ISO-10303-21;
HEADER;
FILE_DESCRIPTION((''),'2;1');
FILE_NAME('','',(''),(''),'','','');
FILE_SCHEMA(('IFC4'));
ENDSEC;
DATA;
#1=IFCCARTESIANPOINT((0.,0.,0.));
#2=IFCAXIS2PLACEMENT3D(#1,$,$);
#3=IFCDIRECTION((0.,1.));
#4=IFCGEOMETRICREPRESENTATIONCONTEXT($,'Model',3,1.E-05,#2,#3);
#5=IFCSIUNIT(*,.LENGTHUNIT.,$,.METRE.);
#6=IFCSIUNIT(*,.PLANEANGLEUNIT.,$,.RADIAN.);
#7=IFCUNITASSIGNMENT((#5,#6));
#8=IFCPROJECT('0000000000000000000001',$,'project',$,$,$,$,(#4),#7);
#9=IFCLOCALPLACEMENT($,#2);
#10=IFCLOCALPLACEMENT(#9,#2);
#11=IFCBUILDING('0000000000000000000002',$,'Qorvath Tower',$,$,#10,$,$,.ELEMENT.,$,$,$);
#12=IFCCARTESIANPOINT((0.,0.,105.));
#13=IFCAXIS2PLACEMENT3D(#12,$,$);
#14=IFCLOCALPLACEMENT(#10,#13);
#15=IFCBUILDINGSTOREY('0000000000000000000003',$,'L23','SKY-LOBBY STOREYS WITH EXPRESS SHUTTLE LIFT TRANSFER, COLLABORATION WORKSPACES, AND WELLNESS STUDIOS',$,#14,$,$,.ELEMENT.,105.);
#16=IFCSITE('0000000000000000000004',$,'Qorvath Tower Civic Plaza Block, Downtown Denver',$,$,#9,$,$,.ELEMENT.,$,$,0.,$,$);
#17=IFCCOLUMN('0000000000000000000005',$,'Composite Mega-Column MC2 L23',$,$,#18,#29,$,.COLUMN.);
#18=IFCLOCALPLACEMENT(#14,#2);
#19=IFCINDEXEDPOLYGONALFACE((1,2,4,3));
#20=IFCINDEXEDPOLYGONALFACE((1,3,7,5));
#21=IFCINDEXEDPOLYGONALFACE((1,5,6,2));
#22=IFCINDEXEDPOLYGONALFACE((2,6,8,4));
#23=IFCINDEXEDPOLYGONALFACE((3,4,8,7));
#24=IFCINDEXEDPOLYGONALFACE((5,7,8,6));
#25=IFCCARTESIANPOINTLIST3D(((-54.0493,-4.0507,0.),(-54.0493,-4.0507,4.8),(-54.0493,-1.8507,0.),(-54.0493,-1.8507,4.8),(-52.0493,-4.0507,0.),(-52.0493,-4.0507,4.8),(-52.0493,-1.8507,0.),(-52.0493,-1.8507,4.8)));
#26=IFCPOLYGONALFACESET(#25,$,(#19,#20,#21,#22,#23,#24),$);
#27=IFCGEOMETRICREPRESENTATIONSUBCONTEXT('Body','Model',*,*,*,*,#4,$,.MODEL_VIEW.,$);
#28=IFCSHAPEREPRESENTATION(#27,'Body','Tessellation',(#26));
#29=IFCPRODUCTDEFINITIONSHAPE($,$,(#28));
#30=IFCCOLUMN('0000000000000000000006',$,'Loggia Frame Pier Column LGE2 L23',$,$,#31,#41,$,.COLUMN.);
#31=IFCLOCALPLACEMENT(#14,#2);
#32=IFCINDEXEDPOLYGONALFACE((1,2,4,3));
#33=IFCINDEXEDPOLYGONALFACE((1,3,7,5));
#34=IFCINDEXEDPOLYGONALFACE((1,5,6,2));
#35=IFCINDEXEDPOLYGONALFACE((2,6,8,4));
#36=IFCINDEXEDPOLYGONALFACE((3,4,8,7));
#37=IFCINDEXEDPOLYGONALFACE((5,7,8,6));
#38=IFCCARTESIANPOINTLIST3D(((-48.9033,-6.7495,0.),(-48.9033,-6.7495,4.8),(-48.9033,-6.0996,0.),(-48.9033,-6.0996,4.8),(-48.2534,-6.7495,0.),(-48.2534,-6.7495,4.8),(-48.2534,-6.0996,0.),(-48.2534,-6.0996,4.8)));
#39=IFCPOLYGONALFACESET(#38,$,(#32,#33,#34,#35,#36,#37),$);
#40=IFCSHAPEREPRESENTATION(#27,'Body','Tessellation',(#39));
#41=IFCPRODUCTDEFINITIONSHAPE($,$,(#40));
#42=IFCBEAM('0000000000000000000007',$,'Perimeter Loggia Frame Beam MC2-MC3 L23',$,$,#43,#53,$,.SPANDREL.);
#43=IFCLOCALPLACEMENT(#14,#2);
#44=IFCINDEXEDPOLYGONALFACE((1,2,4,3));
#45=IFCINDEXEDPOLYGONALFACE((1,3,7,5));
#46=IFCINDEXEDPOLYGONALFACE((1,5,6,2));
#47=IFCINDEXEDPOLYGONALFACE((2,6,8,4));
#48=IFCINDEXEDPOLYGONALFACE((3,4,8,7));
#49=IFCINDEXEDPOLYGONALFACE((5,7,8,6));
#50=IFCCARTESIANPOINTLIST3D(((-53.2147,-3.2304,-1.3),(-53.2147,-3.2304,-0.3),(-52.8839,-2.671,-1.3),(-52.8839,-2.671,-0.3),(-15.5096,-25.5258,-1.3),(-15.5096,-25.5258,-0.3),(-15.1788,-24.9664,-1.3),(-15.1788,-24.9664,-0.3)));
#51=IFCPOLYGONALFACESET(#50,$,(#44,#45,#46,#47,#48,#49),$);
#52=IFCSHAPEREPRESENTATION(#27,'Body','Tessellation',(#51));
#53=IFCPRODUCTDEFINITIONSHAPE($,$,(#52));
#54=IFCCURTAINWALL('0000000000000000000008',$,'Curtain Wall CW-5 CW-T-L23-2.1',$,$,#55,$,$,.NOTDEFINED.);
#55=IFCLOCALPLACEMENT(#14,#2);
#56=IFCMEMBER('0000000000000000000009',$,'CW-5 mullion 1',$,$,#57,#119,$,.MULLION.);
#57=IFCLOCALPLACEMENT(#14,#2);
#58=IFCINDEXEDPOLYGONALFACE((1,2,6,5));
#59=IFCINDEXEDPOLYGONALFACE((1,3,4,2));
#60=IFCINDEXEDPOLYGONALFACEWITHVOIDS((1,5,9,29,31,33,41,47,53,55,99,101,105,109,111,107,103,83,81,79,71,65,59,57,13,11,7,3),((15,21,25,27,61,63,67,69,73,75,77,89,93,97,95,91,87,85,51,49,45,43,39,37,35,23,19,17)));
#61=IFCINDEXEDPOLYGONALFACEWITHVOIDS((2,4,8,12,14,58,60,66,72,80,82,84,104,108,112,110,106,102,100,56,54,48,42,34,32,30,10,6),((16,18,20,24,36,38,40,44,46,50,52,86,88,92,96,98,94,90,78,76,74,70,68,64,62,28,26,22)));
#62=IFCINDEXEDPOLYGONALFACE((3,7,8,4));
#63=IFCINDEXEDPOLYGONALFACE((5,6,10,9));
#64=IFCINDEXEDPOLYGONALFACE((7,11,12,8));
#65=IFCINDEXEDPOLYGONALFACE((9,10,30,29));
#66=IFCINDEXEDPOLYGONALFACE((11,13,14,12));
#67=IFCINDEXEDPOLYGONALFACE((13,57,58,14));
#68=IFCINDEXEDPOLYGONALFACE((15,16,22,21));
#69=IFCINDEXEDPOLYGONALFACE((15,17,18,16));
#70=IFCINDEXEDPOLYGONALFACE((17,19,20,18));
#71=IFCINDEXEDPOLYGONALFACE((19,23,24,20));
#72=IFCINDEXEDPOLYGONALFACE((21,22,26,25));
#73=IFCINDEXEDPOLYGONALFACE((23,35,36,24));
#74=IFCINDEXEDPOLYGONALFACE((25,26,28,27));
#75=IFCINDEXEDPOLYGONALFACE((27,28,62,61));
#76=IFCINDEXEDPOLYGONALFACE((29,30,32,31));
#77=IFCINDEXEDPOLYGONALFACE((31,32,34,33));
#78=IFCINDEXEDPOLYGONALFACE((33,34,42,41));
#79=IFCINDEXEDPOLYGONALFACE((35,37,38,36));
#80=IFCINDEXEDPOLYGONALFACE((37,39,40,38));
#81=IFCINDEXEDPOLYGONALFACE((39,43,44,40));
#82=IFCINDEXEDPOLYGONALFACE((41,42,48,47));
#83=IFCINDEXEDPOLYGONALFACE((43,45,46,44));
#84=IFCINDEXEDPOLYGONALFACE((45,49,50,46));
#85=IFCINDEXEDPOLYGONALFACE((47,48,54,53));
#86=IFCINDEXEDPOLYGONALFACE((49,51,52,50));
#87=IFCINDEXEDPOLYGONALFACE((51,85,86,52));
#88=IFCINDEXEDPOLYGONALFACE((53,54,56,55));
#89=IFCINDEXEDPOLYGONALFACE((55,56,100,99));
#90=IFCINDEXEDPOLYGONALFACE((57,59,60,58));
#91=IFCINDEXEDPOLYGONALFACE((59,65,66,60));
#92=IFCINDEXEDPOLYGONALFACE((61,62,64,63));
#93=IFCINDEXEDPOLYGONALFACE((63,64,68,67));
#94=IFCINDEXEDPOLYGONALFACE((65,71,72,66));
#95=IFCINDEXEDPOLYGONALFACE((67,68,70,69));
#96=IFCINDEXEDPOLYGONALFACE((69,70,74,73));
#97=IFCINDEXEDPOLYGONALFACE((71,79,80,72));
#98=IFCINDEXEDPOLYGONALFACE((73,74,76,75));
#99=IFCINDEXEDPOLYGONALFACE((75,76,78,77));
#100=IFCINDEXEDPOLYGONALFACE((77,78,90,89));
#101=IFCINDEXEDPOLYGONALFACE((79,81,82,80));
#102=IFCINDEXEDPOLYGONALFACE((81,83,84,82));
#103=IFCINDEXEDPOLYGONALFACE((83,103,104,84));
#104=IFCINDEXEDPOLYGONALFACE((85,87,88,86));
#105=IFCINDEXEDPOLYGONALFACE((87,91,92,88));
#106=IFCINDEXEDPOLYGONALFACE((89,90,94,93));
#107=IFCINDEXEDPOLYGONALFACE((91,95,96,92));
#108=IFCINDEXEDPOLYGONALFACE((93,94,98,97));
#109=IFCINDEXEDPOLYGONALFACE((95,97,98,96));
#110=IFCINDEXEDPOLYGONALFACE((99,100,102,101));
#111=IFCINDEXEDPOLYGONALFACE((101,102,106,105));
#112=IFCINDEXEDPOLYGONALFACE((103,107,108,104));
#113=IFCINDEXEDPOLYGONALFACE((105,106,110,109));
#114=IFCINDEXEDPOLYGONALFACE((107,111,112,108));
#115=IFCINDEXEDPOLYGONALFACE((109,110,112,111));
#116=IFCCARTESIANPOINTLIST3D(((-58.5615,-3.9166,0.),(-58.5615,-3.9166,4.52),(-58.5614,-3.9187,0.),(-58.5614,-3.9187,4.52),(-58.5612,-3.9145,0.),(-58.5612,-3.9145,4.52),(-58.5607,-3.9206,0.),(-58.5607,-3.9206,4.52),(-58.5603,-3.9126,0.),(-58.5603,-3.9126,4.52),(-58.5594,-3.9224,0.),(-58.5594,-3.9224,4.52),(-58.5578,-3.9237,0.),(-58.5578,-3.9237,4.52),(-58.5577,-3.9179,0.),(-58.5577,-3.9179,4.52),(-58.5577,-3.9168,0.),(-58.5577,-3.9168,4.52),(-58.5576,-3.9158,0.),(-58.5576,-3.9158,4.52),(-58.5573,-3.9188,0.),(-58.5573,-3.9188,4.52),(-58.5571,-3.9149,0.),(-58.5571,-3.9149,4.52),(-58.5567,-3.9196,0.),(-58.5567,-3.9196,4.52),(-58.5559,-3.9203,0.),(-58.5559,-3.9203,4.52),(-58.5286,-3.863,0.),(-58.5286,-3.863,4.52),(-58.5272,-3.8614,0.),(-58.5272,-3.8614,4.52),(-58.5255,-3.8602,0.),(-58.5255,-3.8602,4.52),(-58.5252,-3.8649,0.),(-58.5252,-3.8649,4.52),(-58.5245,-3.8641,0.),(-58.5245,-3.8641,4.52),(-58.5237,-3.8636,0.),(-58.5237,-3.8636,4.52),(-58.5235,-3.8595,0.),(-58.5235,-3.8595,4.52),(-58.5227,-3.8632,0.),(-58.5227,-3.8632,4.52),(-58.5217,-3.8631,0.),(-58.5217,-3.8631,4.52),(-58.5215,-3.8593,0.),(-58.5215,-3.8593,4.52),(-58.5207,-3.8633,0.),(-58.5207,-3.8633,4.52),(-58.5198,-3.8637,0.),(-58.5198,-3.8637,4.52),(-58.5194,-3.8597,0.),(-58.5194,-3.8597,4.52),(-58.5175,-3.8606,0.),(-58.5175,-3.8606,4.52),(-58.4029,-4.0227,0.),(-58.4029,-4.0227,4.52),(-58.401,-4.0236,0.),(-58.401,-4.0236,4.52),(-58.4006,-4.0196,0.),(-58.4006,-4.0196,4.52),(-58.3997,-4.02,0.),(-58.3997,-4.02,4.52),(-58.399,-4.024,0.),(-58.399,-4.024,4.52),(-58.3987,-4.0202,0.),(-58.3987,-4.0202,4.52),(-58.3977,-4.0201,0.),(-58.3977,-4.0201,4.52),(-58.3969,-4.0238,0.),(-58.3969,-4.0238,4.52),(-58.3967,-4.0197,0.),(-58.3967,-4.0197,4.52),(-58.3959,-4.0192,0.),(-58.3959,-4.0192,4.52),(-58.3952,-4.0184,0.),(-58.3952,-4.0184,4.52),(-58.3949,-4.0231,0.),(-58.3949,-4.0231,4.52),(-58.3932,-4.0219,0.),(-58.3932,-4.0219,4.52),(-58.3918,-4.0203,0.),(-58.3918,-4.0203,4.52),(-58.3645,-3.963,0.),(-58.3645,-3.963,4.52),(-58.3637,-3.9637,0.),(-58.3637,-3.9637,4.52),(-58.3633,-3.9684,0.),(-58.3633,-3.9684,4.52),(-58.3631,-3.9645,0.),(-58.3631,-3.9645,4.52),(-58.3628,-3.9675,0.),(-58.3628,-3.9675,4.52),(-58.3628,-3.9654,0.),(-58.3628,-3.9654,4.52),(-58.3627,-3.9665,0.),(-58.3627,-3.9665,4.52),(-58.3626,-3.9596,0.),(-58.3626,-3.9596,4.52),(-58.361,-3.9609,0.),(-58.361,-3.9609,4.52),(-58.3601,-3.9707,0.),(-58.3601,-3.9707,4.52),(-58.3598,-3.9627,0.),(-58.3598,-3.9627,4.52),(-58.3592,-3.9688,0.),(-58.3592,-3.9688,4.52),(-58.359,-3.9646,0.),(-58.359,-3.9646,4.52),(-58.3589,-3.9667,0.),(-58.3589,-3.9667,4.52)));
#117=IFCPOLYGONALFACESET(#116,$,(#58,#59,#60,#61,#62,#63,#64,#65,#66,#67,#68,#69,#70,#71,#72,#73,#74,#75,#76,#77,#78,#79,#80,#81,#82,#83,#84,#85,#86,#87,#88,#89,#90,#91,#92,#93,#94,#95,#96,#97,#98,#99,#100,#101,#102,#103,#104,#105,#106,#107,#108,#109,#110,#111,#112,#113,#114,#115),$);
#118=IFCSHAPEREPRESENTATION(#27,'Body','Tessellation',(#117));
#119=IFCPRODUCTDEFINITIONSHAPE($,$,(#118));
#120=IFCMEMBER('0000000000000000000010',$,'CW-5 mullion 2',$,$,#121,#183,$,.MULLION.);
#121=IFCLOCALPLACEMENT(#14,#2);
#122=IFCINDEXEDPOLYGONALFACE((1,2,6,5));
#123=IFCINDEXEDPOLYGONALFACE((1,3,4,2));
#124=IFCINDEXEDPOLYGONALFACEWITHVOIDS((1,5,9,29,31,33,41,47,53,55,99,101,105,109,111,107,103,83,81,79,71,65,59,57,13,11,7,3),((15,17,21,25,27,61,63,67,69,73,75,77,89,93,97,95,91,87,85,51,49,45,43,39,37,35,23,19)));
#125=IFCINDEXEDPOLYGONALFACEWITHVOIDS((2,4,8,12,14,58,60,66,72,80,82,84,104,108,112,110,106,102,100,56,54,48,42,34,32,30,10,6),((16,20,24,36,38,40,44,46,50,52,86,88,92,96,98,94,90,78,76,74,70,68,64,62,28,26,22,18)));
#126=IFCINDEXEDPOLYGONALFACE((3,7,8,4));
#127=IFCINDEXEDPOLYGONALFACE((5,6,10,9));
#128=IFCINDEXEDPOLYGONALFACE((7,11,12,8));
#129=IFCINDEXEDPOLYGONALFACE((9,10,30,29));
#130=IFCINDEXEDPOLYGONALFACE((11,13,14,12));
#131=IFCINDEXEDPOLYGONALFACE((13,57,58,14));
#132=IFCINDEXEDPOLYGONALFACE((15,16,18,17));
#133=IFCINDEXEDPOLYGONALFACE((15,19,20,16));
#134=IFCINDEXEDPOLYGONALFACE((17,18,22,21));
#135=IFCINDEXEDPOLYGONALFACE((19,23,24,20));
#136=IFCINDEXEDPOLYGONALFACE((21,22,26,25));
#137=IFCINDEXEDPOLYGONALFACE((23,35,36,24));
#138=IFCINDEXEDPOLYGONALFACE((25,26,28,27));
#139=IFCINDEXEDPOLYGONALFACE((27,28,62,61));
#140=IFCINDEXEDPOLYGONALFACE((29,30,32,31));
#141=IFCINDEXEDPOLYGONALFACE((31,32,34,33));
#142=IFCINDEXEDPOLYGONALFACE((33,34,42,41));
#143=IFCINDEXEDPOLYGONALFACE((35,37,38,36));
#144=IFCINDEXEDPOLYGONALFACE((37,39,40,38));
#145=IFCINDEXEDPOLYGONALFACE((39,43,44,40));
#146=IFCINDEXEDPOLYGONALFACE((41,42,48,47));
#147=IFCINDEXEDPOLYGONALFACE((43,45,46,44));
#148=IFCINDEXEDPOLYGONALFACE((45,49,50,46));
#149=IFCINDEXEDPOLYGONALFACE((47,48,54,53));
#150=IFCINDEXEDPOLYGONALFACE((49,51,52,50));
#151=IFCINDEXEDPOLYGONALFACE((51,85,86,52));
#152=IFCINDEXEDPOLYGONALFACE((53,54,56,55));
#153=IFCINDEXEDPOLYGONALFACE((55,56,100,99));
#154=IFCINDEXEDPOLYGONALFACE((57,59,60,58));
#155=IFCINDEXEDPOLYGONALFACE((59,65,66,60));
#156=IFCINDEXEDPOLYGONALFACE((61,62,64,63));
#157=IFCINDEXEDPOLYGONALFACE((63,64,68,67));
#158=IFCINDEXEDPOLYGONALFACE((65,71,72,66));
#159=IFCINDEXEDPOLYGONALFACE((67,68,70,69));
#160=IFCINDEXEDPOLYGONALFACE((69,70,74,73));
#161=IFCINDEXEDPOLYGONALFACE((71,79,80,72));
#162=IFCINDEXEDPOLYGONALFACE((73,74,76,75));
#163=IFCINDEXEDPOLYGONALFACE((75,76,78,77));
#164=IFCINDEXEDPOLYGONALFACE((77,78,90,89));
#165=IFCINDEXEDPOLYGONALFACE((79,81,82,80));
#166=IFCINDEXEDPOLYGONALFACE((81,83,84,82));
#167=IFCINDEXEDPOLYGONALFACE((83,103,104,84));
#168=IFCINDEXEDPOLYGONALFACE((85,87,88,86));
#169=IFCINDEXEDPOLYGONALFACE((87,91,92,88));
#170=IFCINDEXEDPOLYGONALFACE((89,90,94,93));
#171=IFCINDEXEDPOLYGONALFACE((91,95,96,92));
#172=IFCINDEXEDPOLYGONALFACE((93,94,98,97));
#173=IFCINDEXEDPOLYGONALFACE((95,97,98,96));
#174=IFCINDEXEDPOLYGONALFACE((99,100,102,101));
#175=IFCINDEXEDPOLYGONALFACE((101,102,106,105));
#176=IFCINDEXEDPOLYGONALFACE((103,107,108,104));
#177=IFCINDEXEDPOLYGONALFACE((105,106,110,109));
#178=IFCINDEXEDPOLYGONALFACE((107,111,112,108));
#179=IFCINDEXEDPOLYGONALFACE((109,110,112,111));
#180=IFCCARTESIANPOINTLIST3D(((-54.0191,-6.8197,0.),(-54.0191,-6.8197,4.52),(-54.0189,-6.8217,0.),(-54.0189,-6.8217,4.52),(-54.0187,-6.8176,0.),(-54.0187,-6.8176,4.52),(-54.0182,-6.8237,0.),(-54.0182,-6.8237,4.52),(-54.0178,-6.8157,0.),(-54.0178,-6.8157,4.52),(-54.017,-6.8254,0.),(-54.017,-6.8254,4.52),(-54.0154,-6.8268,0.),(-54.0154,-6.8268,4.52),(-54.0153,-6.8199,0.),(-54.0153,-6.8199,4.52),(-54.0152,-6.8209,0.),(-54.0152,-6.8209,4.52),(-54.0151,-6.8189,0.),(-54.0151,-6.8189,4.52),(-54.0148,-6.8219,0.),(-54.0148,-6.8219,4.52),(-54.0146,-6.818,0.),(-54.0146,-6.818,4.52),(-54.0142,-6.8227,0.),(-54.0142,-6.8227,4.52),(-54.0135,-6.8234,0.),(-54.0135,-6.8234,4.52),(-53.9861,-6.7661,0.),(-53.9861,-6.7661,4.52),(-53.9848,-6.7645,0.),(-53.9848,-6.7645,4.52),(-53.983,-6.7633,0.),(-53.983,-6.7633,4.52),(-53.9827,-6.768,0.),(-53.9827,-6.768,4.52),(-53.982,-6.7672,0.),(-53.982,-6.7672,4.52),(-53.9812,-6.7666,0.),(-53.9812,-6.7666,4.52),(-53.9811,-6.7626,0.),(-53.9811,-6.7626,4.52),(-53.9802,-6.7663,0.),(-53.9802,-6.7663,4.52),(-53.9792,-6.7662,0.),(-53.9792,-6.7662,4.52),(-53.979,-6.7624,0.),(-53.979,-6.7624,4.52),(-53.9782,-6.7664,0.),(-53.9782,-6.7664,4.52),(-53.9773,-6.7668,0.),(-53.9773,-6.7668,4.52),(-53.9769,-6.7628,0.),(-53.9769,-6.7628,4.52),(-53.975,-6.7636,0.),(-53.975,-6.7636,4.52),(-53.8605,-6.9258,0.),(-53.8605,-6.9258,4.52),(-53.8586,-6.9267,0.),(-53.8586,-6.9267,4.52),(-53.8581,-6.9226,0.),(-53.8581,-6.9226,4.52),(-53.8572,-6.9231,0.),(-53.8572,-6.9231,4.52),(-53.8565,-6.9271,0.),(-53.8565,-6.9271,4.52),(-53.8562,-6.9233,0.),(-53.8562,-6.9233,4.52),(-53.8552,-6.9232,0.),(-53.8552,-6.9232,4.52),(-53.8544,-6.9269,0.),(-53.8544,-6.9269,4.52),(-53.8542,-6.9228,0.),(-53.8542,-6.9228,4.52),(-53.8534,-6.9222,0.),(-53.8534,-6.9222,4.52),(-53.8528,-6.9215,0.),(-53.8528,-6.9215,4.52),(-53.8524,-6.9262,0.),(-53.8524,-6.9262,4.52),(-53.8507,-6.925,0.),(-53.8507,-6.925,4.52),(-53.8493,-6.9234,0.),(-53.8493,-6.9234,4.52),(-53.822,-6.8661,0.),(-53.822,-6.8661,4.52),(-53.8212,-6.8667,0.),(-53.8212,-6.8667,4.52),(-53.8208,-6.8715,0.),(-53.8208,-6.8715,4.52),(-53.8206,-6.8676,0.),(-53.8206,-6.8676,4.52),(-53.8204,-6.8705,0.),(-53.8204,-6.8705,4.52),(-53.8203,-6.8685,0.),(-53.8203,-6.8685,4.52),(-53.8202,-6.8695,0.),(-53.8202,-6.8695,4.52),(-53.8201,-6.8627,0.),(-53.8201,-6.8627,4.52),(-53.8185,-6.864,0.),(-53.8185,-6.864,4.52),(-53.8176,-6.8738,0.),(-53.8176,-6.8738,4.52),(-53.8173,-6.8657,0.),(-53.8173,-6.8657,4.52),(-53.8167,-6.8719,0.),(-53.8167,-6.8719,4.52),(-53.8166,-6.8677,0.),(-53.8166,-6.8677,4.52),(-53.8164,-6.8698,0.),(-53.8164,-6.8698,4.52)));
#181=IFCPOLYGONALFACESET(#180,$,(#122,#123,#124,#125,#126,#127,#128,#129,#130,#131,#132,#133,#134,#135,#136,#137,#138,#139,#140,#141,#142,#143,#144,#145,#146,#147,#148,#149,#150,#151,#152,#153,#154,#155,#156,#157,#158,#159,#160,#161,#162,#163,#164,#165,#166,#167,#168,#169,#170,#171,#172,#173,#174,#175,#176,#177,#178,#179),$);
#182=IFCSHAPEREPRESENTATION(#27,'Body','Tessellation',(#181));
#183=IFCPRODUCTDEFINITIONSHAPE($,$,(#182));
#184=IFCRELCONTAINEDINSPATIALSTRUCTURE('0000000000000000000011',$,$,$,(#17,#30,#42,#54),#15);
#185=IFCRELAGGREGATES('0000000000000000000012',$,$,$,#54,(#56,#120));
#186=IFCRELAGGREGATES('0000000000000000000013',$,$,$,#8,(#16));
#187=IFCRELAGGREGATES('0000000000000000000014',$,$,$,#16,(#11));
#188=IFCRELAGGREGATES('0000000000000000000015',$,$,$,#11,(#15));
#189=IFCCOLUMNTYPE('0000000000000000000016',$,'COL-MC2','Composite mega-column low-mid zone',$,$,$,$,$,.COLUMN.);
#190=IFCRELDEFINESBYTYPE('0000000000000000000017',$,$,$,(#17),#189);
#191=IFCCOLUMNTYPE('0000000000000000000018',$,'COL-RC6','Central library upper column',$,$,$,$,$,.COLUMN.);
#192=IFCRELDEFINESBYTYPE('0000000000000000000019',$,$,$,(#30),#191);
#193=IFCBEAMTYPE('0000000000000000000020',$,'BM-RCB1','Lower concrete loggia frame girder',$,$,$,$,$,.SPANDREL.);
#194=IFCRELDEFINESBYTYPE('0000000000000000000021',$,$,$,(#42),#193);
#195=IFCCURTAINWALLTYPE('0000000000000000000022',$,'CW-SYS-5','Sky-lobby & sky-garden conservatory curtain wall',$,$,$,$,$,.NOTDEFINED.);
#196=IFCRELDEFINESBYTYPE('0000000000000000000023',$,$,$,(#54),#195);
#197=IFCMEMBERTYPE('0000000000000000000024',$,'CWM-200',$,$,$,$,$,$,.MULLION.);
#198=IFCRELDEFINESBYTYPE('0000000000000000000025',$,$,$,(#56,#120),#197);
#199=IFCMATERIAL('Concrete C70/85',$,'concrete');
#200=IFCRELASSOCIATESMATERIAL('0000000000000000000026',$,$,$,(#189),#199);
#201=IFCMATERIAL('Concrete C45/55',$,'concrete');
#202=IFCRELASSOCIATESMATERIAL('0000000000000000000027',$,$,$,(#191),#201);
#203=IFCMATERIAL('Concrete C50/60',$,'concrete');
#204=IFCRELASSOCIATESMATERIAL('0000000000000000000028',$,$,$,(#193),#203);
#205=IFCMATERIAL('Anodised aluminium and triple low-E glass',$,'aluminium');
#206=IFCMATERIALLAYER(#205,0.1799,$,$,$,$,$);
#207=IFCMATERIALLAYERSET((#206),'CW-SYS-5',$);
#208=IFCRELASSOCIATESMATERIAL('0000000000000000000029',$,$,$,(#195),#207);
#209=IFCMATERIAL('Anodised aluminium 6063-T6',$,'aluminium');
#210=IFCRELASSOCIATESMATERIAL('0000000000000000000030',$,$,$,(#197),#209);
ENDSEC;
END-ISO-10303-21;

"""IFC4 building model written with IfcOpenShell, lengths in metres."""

from ifc_helpers import new_model, si_unit, direction, frame, origin, origin_2d, place, context, subcontext, project, spatial, rectangle, hollow_rectangle, extrude, material, layer, layer_set, material_profile, profile_set, type_object, element, aggregate, save


model = new_model("IFC4")

# Units and contexts
model_context = context("Model", 3, precision=1e-05, world=origin(), true_north=direction((0.0, 1.0)))
body_context = subcontext(model_context, "Body", "Model", "MODEL_VIEW")
ifc_project = project(units=[si_unit("LENGTHUNIT", "METRE"), si_unit("PLANEANGLEUNIT", "RADIAN")], contexts=[model_context])

# Site, building, storey
site_placement = place(None, origin())
site = spatial("IfcSite", under=ifc_project, at=site_placement, Name="Qorvath Tower Civic Plaza Block, Downtown Denver", CompositionType="ELEMENT", RefElevation=0.0)
building_placement = place(site_placement, origin())
building = spatial("IfcBuilding", under=site, at=building_placement, Name="Qorvath Tower", CompositionType="ELEMENT")
storey_placement = place(building_placement, frame((0.0, 0.0, 105.0)))
storey = spatial("IfcBuildingStorey", under=building, at=storey_placement, Name="L23", Description="SKY-LOBBY STOREYS WITH EXPRESS SHUTTLE LIFT TRANSFER, COLLABORATION WORKSPACES, AND WELLNESS STUDIOS", CompositionType="ELEMENT", Elevation=105.0)

# Columns
ifc_material_1 = material(Name="Concrete C70/85", Category="concrete")
ifc_material_profile_1 = material_profile(ifc_material_1, rectangle(XDim=2.0, YDim=2.2, at=origin_2d()), Name="MC 2200x2000")
ifc_profile_set_1 = profile_set([ifc_material_profile_1], Name="Concrete C70/85")
column_type_1 = type_object("IfcColumnType", Name="COL-MC2", Description="Composite mega-column low-mid zone", PredefinedType="COLUMN", material=ifc_profile_set_1)
column_1_placement = place(storey_placement, frame((-53.0493, -2.9507, 0.0), z_axis=(0.0, 0.0, 1.0), x_axis=(1.0, 0.0, 0.0)))
element("IfcColumn", 1, at=column_1_placement, inside=storey, type_object=column_type_1, Name="Composite Mega-Column MC2 L23", PredefinedType="COLUMN", context=body_context, shape_type="SweptSolid", body=[
    extrude(rectangle(XDim=2.0, YDim=2.2, at=origin_2d()), origin(), (0.0, 0.0, 1.0), 4.8),
])
ifc_material_2 = material(Name="Concrete C45/55", Category="concrete")
ifc_material_profile_2 = material_profile(ifc_material_2, rectangle(XDim=0.6499, YDim=0.6499, at=origin_2d()), Name="RC 650x650")
ifc_profile_set_2 = profile_set([ifc_material_profile_2], Name="Concrete C45/55")
column_type_2 = type_object("IfcColumnType", Name="COL-RC6", Description="Central library upper column", PredefinedType="COLUMN", material=ifc_profile_set_2)
column_2_placement = place(storey_placement, frame((-48.5784, -6.4246, 0.0), z_axis=(0.0, 0.0, 1.0), x_axis=(1.0, 0.0, 0.0)))
element("IfcColumn", 2, at=column_2_placement, inside=storey, type_object=column_type_2, Name="Loggia Frame Pier Column LGE2 L23", PredefinedType="COLUMN", context=body_context, shape_type="SweptSolid", body=[
    extrude(rectangle(XDim=0.6499, YDim=0.6499, at=origin_2d()), origin(), (0.0, 0.0, 1.0), 4.8),
])

# Beam
ifc_material_3 = material(Name="Concrete C50/60", Category="concrete")
ifc_material_profile_3 = material_profile(ifc_material_3, rectangle(XDim=0.6499, YDim=1.0, at=origin_2d()), Name="RCB 1000x650")
ifc_profile_set_3 = profile_set([ifc_material_profile_3], Name="Concrete C50/60")
beam_type = type_object("IfcBeamType", Name="BM-RCB1", Description="Lower concrete loggia frame girder", PredefinedType="SPANDREL", material=ifc_profile_set_3)
beam_placement = place(storey_placement, frame((-53.0493, -2.9507, -0.8), z_axis=(0.860775, -0.508985, 0.0), x_axis=(0.508985, 0.860775, 0.0)))
element("IfcBeam", 3, at=beam_placement, inside=storey, type_object=beam_type, Name="Perimeter Loggia Frame Beam MC2-MC3 L23", PredefinedType="SPANDREL", context=body_context, shape_type="SweptSolid", body=[
    extrude(rectangle(XDim=0.6499, YDim=1.0, at=origin_2d()), origin(), (0.0, 0.0, 1.0), 43.8037),
])

# Curtain wall, members
ifc_material_4 = material(Name="Anodised aluminium and triple low-E glass", Category="aluminium")
ifc_layer_1 = layer(ifc_material_4, 0.1799)
ifc_layer_set_1 = layer_set([ifc_layer_1], Name="CW-SYS-5")
curtain_wall_type = type_object("IfcCurtainWallType", Name="CW-SYS-5", Description="Sky-lobby & sky-garden conservatory curtain wall", PredefinedType="NOTDEFINED", material=ifc_layer_set_1)
curtain_wall_placement = place(storey_placement, origin())
curtain_wall = element("IfcCurtainWall", 4, at=curtain_wall_placement, inside=storey, type_object=curtain_wall_type, Name="Curtain Wall CW-5 CW-T-L23-2.1", PredefinedType="NOTDEFINED")
ifc_material_5 = material(Name="Anodised aluminium 6063-T6", Category="aluminium")
ifc_material_profile_4 = material_profile(ifc_material_5, hollow_rectangle(XDim=0.075, YDim=0.2, WallThickness=0.0039, InnerFilletRadius=0.0039, OuterFilletRadius=0.0081, at=origin_2d()), Name="CWM 200x75")
ifc_profile_set_4 = profile_set([ifc_material_profile_4], Name="Anodised aluminium 6063-T6")
member_type_1 = type_object("IfcMemberType", Name="CWM-200", PredefinedType="MULLION", material=ifc_profile_set_4)
member_1_placement = place(storey_placement, frame((-58.4602, -3.9417, 0.0), z_axis=(0.0, 0.0, 1.0), x_axis=(0.538532, 0.842605, 0.0)))
member_1 = element("IfcMember", 5, at=member_1_placement, type_object=member_type_1, Name="CW-5 mullion 1", PredefinedType="MULLION", context=body_context, shape_type="SweptSolid", body=[
    extrude(hollow_rectangle(XDim=0.075, YDim=0.2, WallThickness=0.0039, InnerFilletRadius=0.0039, OuterFilletRadius=0.0081, at=origin_2d()), origin(), (0.0, 0.0, 1.0), 4.52),
])
member_2_placement = place(storey_placement, frame((-53.9177, -6.8447, 0.0), z_axis=(0.0, 0.0, 1.0), x_axis=(0.538532, 0.842605, 0.0)))
member_2 = element("IfcMember", 6, at=member_2_placement, type_object=member_type_1, Name="CW-5 mullion 2", PredefinedType="MULLION", context=body_context, shape_type="SweptSolid", body=[
    extrude(hollow_rectangle(XDim=0.075, YDim=0.2, WallThickness=0.0039, InnerFilletRadius=0.0039, OuterFilletRadius=0.0081, at=origin_2d()), origin(), (0.0, 0.0, 1.0), 4.52),
])
aggregate(curtain_wall, [member_1, member_2])

save(model, "model.ifc")
